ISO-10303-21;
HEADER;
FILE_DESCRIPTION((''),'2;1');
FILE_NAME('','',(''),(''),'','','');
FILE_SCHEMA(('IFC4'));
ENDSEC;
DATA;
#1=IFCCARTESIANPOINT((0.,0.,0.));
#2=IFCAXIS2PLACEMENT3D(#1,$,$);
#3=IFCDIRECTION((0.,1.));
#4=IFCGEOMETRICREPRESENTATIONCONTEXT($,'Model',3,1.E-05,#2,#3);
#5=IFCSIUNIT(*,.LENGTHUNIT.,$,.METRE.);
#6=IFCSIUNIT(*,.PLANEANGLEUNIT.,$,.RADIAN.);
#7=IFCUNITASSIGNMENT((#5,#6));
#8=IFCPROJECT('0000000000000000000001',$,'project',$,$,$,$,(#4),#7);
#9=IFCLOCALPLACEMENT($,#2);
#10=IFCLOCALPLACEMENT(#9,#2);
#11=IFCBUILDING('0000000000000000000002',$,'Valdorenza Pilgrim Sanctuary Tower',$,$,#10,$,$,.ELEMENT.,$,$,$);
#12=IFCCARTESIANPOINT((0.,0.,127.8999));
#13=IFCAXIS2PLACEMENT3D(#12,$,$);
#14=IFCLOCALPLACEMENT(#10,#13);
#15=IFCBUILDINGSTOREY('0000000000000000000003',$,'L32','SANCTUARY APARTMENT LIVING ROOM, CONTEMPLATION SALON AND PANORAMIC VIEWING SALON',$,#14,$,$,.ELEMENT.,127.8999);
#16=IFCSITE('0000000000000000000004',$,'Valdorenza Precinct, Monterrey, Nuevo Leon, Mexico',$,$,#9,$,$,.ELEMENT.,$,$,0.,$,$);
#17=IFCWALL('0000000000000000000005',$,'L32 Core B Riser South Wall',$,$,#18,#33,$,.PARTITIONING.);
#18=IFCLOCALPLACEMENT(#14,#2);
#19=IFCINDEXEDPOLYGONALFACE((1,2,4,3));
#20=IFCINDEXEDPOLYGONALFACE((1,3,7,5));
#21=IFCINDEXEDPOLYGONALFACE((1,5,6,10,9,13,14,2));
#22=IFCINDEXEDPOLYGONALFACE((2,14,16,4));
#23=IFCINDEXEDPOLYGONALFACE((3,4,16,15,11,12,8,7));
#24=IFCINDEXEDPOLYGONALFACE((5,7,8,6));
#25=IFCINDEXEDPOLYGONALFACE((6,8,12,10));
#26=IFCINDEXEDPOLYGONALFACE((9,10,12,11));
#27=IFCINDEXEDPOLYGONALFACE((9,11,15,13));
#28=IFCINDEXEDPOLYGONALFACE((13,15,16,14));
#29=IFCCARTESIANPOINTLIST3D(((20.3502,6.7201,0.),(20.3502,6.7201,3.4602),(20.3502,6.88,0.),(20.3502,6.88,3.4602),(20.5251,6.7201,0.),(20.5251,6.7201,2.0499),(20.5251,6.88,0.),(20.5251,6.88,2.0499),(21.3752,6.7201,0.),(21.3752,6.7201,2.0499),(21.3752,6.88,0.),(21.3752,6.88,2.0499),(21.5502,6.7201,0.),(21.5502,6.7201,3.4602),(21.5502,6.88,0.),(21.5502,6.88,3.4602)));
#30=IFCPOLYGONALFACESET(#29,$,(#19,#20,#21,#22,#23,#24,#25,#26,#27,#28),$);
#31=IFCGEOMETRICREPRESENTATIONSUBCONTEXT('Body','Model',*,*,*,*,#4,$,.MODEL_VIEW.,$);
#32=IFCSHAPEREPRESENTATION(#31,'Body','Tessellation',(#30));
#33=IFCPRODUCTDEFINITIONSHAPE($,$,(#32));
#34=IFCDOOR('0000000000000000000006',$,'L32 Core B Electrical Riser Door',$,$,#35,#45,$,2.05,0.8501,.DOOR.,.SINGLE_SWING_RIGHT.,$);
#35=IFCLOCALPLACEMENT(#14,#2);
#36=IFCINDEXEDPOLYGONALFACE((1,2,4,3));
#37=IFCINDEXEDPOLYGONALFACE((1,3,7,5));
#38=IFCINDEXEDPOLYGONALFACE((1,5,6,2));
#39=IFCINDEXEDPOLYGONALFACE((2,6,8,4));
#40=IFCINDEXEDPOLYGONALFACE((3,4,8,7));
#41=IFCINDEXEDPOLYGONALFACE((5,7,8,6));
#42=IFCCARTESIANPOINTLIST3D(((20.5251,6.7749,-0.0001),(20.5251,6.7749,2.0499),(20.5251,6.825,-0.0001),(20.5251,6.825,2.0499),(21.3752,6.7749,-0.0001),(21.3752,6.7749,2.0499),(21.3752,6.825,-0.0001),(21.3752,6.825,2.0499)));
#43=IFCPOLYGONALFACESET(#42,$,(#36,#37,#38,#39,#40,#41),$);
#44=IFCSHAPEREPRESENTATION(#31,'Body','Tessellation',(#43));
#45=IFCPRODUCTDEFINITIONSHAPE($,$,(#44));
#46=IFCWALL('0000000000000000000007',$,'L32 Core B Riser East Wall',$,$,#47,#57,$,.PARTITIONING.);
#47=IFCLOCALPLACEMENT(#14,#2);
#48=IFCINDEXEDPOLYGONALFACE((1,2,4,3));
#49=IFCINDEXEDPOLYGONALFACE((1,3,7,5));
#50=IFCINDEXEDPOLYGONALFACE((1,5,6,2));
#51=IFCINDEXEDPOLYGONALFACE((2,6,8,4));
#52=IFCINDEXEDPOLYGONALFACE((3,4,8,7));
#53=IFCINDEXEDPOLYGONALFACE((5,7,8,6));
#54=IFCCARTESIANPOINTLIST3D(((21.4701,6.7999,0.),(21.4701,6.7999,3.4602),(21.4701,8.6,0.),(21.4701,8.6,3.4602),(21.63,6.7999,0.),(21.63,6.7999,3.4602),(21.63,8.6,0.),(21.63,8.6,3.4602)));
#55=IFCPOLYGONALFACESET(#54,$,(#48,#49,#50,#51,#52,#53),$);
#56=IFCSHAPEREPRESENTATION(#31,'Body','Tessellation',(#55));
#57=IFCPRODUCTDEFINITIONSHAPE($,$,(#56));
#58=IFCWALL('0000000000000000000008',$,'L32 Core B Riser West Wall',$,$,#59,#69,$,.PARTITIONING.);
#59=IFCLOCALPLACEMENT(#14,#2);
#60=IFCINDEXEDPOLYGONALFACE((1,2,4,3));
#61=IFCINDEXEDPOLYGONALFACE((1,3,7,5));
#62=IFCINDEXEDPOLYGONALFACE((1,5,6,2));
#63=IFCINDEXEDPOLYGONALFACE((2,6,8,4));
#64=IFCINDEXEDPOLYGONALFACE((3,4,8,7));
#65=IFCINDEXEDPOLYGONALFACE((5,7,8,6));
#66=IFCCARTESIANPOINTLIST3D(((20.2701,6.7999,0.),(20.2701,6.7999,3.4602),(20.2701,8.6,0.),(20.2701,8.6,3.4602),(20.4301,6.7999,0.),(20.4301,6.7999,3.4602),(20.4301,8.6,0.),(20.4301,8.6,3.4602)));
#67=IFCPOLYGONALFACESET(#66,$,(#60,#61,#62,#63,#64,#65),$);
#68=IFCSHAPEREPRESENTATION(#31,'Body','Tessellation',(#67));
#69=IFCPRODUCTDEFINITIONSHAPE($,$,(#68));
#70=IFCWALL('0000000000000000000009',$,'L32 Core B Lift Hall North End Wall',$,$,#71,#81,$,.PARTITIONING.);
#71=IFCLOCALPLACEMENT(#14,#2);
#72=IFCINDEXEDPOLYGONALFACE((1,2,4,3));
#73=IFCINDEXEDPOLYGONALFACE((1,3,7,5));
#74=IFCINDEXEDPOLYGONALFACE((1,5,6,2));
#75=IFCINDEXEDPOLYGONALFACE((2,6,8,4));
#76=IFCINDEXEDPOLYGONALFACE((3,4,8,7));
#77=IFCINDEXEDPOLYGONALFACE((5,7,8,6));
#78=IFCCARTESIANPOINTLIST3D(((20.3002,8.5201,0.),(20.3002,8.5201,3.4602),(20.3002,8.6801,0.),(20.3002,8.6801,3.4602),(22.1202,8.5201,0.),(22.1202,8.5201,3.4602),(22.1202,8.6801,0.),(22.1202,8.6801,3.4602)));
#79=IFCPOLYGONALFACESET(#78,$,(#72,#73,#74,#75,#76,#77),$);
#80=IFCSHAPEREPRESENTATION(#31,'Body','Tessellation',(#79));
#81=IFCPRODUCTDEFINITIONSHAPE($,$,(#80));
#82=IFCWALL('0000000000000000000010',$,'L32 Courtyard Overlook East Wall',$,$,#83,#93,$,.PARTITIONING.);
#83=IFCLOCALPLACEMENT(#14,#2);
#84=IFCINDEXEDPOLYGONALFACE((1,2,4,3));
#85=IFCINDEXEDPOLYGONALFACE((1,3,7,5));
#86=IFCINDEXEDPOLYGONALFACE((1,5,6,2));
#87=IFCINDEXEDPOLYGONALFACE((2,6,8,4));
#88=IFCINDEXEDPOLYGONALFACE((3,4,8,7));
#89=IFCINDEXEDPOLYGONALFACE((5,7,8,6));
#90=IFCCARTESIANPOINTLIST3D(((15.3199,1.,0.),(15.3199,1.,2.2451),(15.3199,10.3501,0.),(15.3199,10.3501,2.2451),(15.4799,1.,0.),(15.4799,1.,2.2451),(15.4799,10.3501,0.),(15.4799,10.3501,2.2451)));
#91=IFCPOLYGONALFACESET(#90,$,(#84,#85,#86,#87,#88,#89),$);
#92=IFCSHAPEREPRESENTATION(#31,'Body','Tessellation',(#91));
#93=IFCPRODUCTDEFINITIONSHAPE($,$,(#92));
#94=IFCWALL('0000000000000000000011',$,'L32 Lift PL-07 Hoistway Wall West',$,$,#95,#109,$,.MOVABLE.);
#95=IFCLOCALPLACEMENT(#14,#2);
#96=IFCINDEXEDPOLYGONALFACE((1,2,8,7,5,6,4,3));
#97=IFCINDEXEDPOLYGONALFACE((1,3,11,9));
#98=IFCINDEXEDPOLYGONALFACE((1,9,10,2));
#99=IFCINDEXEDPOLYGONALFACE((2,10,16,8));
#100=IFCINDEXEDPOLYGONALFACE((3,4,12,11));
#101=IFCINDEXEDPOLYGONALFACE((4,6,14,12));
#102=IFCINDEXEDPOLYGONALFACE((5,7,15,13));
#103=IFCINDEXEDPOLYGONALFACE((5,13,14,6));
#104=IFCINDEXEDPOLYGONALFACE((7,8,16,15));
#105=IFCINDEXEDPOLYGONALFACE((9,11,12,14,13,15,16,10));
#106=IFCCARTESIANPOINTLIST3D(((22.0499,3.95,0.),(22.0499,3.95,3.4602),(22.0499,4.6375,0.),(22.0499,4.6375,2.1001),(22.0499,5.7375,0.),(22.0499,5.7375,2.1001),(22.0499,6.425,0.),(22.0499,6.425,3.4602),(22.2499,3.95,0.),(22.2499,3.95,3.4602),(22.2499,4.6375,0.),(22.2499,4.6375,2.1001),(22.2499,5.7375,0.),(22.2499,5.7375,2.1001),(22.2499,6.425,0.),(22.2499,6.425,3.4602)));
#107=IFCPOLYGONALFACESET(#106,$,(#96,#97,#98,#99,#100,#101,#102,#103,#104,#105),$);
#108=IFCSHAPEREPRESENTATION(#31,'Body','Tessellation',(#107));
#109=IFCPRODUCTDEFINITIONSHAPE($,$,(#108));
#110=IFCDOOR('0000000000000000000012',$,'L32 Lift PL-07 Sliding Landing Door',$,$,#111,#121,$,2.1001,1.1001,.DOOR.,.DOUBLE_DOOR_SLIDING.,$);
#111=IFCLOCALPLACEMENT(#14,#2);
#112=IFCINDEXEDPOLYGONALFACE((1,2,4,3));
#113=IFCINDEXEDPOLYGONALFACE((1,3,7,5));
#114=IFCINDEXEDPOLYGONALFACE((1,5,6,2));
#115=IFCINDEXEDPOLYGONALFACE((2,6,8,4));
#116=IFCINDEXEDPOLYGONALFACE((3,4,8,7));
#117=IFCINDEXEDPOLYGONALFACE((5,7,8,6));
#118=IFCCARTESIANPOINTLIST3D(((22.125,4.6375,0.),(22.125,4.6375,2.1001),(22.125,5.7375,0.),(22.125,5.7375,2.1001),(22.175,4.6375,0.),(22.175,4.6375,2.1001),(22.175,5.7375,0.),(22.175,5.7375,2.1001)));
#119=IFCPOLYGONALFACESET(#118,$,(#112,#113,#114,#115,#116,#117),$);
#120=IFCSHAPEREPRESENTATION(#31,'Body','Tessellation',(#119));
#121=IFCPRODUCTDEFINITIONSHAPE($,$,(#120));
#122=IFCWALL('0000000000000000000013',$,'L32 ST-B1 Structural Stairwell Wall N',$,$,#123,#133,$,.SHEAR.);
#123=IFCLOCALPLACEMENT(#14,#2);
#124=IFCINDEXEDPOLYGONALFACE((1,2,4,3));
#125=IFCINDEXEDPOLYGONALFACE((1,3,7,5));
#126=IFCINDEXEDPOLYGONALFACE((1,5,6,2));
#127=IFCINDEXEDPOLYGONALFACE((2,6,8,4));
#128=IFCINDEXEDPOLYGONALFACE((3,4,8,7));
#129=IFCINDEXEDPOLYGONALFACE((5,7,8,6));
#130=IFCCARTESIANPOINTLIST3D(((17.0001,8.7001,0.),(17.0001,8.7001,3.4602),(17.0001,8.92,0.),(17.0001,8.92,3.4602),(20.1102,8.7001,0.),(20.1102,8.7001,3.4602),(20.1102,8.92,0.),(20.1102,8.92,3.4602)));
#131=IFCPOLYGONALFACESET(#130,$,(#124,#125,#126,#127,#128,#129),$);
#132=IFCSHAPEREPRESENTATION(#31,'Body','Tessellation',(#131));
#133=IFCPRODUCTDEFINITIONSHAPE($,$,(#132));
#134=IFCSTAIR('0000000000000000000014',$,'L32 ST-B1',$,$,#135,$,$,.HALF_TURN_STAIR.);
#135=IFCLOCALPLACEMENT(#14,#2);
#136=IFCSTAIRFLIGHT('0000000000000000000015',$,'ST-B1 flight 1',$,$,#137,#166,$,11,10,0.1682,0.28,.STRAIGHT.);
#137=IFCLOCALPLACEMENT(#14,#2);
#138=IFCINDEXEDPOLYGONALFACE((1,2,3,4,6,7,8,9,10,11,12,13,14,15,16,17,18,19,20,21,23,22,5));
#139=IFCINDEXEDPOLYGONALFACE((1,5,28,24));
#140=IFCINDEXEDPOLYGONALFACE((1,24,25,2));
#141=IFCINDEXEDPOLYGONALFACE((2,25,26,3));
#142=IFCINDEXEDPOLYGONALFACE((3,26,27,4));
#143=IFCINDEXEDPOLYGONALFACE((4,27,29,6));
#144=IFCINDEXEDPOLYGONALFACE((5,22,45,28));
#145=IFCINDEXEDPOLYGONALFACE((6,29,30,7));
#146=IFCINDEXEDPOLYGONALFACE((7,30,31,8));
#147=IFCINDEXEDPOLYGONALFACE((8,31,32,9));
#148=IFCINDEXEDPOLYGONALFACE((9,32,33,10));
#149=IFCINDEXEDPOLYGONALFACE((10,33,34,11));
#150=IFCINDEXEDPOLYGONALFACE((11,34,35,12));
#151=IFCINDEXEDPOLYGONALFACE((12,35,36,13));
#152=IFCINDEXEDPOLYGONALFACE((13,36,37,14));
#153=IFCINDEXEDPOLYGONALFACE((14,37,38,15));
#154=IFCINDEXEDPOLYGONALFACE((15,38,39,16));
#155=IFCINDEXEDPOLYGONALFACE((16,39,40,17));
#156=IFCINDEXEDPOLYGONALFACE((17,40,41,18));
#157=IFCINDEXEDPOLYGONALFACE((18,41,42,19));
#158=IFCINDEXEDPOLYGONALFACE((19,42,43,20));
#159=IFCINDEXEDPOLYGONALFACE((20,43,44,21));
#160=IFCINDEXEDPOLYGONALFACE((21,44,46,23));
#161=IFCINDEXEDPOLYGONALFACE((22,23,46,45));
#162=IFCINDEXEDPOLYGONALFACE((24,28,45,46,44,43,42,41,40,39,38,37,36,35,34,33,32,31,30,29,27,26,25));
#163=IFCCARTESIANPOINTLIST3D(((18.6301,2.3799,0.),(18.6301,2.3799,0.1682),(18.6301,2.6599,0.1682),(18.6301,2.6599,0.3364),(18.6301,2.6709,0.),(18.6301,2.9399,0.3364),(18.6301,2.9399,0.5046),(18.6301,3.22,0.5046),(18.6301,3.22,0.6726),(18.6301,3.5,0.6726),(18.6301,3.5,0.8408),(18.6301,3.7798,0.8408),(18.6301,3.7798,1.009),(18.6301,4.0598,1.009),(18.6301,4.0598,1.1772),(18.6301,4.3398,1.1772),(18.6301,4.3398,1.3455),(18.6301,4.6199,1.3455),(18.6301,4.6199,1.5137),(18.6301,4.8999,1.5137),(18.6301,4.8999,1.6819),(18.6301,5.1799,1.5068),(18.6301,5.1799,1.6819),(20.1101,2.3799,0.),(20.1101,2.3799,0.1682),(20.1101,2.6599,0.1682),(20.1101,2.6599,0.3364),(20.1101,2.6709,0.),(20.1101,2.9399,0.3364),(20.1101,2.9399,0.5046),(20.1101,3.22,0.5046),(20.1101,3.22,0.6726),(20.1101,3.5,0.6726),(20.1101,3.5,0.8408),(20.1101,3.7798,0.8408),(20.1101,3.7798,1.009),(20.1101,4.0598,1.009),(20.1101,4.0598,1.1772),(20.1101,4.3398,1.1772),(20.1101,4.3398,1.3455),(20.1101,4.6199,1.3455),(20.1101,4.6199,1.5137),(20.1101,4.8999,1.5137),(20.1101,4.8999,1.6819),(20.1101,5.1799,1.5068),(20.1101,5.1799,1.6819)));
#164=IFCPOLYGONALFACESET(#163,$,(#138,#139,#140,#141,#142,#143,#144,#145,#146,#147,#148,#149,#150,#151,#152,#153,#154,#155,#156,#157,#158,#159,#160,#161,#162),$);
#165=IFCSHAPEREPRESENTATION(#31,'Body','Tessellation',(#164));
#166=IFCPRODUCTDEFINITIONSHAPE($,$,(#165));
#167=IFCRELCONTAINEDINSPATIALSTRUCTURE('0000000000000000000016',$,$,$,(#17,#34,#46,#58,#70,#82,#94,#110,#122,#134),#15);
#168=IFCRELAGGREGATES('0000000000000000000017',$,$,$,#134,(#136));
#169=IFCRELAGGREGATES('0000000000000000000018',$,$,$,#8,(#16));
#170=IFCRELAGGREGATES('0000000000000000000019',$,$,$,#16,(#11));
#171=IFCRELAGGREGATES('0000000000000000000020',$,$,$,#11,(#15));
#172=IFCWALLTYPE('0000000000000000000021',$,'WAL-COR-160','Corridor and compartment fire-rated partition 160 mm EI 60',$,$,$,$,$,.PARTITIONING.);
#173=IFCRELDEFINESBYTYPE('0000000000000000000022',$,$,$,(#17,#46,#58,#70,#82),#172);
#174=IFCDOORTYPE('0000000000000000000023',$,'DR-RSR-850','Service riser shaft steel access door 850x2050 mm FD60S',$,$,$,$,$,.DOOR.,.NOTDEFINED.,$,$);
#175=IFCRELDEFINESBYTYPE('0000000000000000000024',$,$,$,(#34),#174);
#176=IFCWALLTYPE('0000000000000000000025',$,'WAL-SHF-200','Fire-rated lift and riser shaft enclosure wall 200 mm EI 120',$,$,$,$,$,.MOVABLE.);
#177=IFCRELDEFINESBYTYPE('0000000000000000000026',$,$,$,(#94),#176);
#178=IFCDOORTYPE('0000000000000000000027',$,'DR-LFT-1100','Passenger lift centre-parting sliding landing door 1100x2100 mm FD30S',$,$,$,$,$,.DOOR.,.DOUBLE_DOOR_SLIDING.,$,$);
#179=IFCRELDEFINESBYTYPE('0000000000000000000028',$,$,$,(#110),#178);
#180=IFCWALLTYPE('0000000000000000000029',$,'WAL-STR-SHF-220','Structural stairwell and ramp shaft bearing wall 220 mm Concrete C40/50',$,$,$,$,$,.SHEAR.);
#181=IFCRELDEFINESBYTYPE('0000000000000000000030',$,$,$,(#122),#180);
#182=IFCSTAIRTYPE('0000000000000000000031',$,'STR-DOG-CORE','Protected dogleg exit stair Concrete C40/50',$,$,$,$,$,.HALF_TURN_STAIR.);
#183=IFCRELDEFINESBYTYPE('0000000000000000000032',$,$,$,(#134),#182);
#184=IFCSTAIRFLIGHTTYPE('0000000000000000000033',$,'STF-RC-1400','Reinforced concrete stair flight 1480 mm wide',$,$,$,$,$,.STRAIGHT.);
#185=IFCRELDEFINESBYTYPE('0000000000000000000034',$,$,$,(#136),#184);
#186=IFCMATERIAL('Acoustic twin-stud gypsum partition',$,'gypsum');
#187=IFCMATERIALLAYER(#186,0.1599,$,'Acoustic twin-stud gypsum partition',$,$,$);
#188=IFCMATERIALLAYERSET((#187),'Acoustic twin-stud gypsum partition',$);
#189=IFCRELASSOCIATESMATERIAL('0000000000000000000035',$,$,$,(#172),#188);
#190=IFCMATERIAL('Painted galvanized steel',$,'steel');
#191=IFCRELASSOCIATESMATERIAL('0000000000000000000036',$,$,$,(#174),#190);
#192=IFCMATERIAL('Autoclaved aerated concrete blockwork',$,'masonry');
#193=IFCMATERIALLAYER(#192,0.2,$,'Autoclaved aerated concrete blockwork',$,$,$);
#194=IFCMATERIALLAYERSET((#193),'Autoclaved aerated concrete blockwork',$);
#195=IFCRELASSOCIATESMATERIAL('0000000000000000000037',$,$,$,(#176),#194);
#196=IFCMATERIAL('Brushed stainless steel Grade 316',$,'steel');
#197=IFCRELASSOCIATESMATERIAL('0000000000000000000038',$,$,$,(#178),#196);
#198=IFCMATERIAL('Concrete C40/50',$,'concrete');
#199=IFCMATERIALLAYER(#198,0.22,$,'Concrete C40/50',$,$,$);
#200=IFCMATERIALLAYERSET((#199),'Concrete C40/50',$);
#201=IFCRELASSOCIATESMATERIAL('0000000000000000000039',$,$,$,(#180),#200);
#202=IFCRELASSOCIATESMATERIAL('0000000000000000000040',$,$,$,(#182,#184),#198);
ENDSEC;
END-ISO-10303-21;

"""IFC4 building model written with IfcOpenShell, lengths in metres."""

from ifc_helpers import new_model, si_unit, direction, frame, frame_2d, origin, place, context, subcontext, project, spatial, polyline, rectangle, outline, extrude, material, layer, layer_set, type_object, element, fill, aggregate, save


model = new_model("IFC4")

# Units and contexts
model_context = context("Model", 3, precision=1e-05, world=origin(), true_north=direction((0.0, 1.0)))
body_context = subcontext(model_context, "Body", "Model", "MODEL_VIEW")
ifc_project = project(units=[si_unit("LENGTHUNIT", "METRE"), si_unit("PLANEANGLEUNIT", "RADIAN")], contexts=[model_context])

# Site, building, storey
site_placement = place(None, origin())
site = spatial("IfcSite", under=ifc_project, at=site_placement, Name="Valdorenza Precinct, Monterrey, Nuevo Leon, Mexico", CompositionType="ELEMENT", RefElevation=0.0)
building_placement = place(site_placement, origin())
building = spatial("IfcBuilding", under=site, at=building_placement, Name="Valdorenza Pilgrim Sanctuary Tower", CompositionType="ELEMENT")
storey_placement = place(building_placement, frame((0.0, 0.0, 127.8999)))
storey = spatial("IfcBuildingStorey", under=building, at=storey_placement, Name="L32", Description="SANCTUARY APARTMENT LIVING ROOM, CONTEMPLATION SALON AND PANORAMIC VIEWING SALON", CompositionType="ELEMENT", Elevation=127.8999)

# Wall, opening, door
ifc_material_1 = material(Name="Acoustic twin-stud gypsum partition", Category="gypsum")
ifc_layer_1 = layer(ifc_material_1, 0.1599, Name="Acoustic twin-stud gypsum partition")
ifc_layer_set_1 = layer_set([ifc_layer_1], Name="Acoustic twin-stud gypsum partition")
wall_type_1 = type_object("IfcWallType", Name="WAL-COR-160", Description="Corridor and compartment fire-rated partition 160 mm EI 60", PredefinedType="PARTITIONING", material=ifc_layer_set_1)
wall_1_placement = place(storey_placement, frame((20.3501, 6.8, 0.0), z_axis=(0.0, 0.0, 1.0), x_axis=(1.0, 0.0, 0.0)))
wall_1 = element("IfcWall", 1, at=wall_1_placement, inside=storey, type_object=wall_type_1, Name="L32 Core B Riser South Wall", PredefinedType="PARTITIONING", context=body_context, shape_type="SweptSolid", body=[
    extrude(rectangle(XDim=1.2, YDim=0.1599, at=frame_2d((0.6001, 0.0))), origin(), (0.0, 0.0, 1.0), 3.4602),
])
opening_1_placement = place(wall_1_placement, frame((0.175, 0.0, 0.0)))
opening_1 = element("IfcOpeningElement", 2, at=opening_1_placement, cuts=wall_1, PredefinedType="OPENING", context=body_context, shape_type="SweptSolid", body=[
    extrude(rectangle(XDim=0.8501, YDim=2.05, at=frame_2d((0.425, 1.0249))), frame((0.0, 0.0947, 0.0), z_axis=(0.0, -1.0, 0.0), x_axis=(1.0, 0.0, 0.0)), (0.0, 0.0, 1.0), 0.1897),
])
ifc_material_2 = material(Name="Painted galvanized steel", Category="steel")
door_type_1 = type_object("IfcDoorType", Name="DR-RSR-850", Description="Service riser shaft steel access door 850x2050 mm FD60S", OperationType="NOTDEFINED", PredefinedType="DOOR", material=ifc_material_2)
door_1_placement = place(opening_1_placement, origin())
door_1 = element("IfcDoor", 3, at=door_1_placement, inside=storey, type_object=door_type_1, Name="L32 Core B Electrical Riser Door", OperationType="SINGLE_SWING_RIGHT", OverallHeight=2.05, OverallWidth=0.8501, PredefinedType="DOOR", context=body_context, shape_type="SweptSolid", body=[
    extrude(rectangle(XDim=0.8501, YDim=2.05, at=frame_2d((0.425, 1.0249))), frame((0.0, 0.0249, 0.0), z_axis=(0.0, -1.0, 0.0), x_axis=(1.0, 0.0, 0.0)), (0.0, 0.0, 1.0), 0.05),
])
fill(opening_1, door_1)

# Walls
for number, where, z_axis, x_axis, name in (
    (4, (21.55, 6.8, 0.0), (0.0, 0.0, 1.0), (0.0, 1.0, 0.0), "L32 Core B Riser East Wall"),
    (5, (20.3501, 6.8, 0.0), (0.0, 0.0, 1.0), (0.0, 1.0, 0.0), "L32 Core B Riser West Wall"),
):
    element("IfcWall", number, at=place(storey_placement, frame(where, z_axis=z_axis, x_axis=x_axis)), inside=storey, type_object=wall_type_1, Name=name, PredefinedType="PARTITIONING", context=body_context, shape_type="SweptSolid", body=[
        extrude(rectangle(XDim=1.8, YDim=0.1599, at=frame_2d((0.8999, 0.0))), origin(), (0.0, 0.0, 1.0), 3.4602),
    ])
wall_2_placement = place(storey_placement, frame((20.3, 8.6001, 0.0), z_axis=(0.0, 0.0, 1.0), x_axis=(1.0, 0.0, 0.0)))
element("IfcWall", 6, at=wall_2_placement, inside=storey, type_object=wall_type_1, Name="L32 Core B Lift Hall North End Wall", PredefinedType="PARTITIONING", context=body_context, shape_type="SweptSolid", body=[
    extrude(rectangle(XDim=1.8201, YDim=0.1599, at=frame_2d((0.9102, 0.0))), origin(), (0.0, 0.0, 1.0), 3.4602),
])
wall_3_placement = place(storey_placement, frame((15.3999, 1.0, 0.0), z_axis=(0.0, 0.0, 1.0), x_axis=(0.0, 1.0, 0.0)))
element("IfcWall", 7, at=wall_3_placement, inside=storey, type_object=wall_type_1, Name="L32 Courtyard Overlook East Wall", PredefinedType="PARTITIONING", context=body_context, shape_type="SweptSolid", body=[
    extrude(rectangle(XDim=9.3501, YDim=0.1599, at=frame_2d((4.675, 0.0))), origin(), (0.0, 0.0, 1.0), 2.2451),
])

# Wall, opening, door
ifc_material_3 = material(Name="Autoclaved aerated concrete blockwork", Category="masonry")
ifc_layer_2 = layer(ifc_material_3, 0.2, Name="Autoclaved aerated concrete blockwork")
ifc_layer_set_2 = layer_set([ifc_layer_2], Name="Autoclaved aerated concrete blockwork")
wall_type_2 = type_object("IfcWallType", Name="WAL-SHF-200", Description="Fire-rated lift and riser shaft enclosure wall 200 mm EI 120", PredefinedType="MOVABLE", material=ifc_layer_set_2)
wall_4_placement = place(storey_placement, frame((22.1499, 3.95, 0.0), z_axis=(0.0, 0.0, 1.0), x_axis=(0.0, 1.0, 0.0)))
wall_4 = element("IfcWall", 8, at=wall_4_placement, inside=storey, type_object=wall_type_2, Name="L32 Lift PL-07 Hoistway Wall West", PredefinedType="MOVABLE", context=body_context, shape_type="SweptSolid", body=[
    extrude(rectangle(XDim=2.4751, YDim=0.2, at=frame_2d((1.2375, 0.0))), origin(), (0.0, 0.0, 1.0), 3.4602),
])
opening_2_placement = place(wall_4_placement, frame((0.6875, 0.0, 0.0)))
opening_2 = element("IfcOpeningElement", 9, at=opening_2_placement, cuts=wall_4, PredefinedType="OPENING", context=body_context, shape_type="SweptSolid", body=[
    extrude(rectangle(XDim=1.1001, YDim=2.1001, at=frame_2d((0.55, 1.05))), frame((0.0, 0.1147, 0.0), z_axis=(0.0, -1.0, 0.0), x_axis=(1.0, 0.0, 0.0)), (0.0, 0.0, 1.0), 0.2297),
])
ifc_material_4 = material(Name="Brushed stainless steel Grade 316", Category="steel")
door_type_2 = type_object("IfcDoorType", Name="DR-LFT-1100", Description="Passenger lift centre-parting sliding landing door 1100x2100 mm FD30S", OperationType="DOUBLE_DOOR_SLIDING", PredefinedType="DOOR", material=ifc_material_4)
door_2_placement = place(opening_2_placement, origin())
door_2 = element("IfcDoor", 10, at=door_2_placement, inside=storey, type_object=door_type_2, Name="L32 Lift PL-07 Sliding Landing Door", OperationType="DOUBLE_DOOR_SLIDING", OverallHeight=2.1001, OverallWidth=1.1001, PredefinedType="DOOR", context=body_context, shape_type="SweptSolid", body=[
    extrude(rectangle(XDim=1.1001, YDim=2.1001, at=frame_2d((0.55, 1.05))), frame((0.0, 0.0249, 0.0), z_axis=(0.0, -1.0, 0.0), x_axis=(1.0, 0.0, 0.0)), (0.0, 0.0, 1.0), 0.05),
])
fill(opening_2, door_2)
ifc_material_5 = material(Name="Concrete C40/50", Category="concrete")
ifc_layer_3 = layer(ifc_material_5, 0.22, Name="Concrete C40/50")
ifc_layer_set_3 = layer_set([ifc_layer_3], Name="Concrete C40/50")
wall_type_3 = type_object("IfcWallType", Name="WAL-STR-SHF-220", Description="Structural stairwell and ramp shaft bearing wall 220 mm Concrete C40/50", PredefinedType="SHEAR", material=ifc_layer_set_3)

# Wall
wall_5_placement = place(storey_placement, frame((17.0, 8.8101, 0.0), z_axis=(0.0, 0.0, 1.0), x_axis=(1.0, 0.0, 0.0)))
element("IfcWall", 11, at=wall_5_placement, inside=storey, type_object=wall_type_3, Name="L32 ST-B1 Structural Stairwell Wall N", PredefinedType="SHEAR", context=body_context, shape_type="SweptSolid", body=[
    extrude(rectangle(XDim=3.1101, YDim=0.22, at=frame_2d((1.5552, 0.0))), origin(), (0.0, 0.0, 1.0), 3.4602),
])

# Stair, stair flight
stair_type = type_object("IfcStairType", Name="STR-DOG-CORE", Description="Protected dogleg exit stair Concrete C40/50", PredefinedType="HALF_TURN_STAIR", material=ifc_material_5)
stair_placement = place(storey_placement, origin())
stair = element("IfcStair", 12, at=stair_placement, inside=storey, type_object=stair_type, Name="L32 ST-B1", PredefinedType="HALF_TURN_STAIR")
stair_flight_type = type_object("IfcStairFlightType", Name="STF-RC-1400", Description="Reinforced concrete stair flight 1480 mm wide", PredefinedType="STRAIGHT", material=ifc_material_5)
stair_flight_1_placement = place(storey_placement, frame((19.3701, 2.3799, 0.0), z_axis=(0.0, 0.0, 1.0), x_axis=(0.0, 1.0, 0.0)))
stair_flight_1 = element("IfcStairFlight", 13, at=stair_flight_1_placement, type_object=stair_flight_type, Name="ST-B1 flight 1", NumberOfRisers=11, NumberOfTreads=10, PredefinedType="STRAIGHT", RiserHeight=0.1682, TreadLength=0.28, context=body_context, shape_type="SweptSolid", body=[
    extrude(outline(polyline([(0.0, 0.0), (0.0, 0.1682), (0.28, 0.1682), (0.28, 0.3364), (0.5601, 0.3364), (0.5601, 0.5046), (0.8401, 0.5046), (0.8401, 0.6726), (1.1201, 0.6726), (1.1201, 0.8408), (1.3999, 0.8408), (1.3999, 1.009), (1.6799, 1.009), (1.6799, 1.1772), (1.96, 1.1772), (1.96, 1.3455), (2.24, 1.3455), (2.24, 1.5137), (2.52, 1.5137), (2.52, 1.6819), (2.8, 1.6819), (2.8, 1.8501), (2.8, 1.5068), (0.291, 0.0), (0.0, 0.0)])), frame((0.0, 0.74, 0.0), z_axis=(0.0, -1.0, 0.0), x_axis=(1.0, 0.0, 0.0)), (0.0, 0.0, 1.0), 1.48),
])
aggregate(stair, [stair_flight_1])

save(model, "model.ifc")
